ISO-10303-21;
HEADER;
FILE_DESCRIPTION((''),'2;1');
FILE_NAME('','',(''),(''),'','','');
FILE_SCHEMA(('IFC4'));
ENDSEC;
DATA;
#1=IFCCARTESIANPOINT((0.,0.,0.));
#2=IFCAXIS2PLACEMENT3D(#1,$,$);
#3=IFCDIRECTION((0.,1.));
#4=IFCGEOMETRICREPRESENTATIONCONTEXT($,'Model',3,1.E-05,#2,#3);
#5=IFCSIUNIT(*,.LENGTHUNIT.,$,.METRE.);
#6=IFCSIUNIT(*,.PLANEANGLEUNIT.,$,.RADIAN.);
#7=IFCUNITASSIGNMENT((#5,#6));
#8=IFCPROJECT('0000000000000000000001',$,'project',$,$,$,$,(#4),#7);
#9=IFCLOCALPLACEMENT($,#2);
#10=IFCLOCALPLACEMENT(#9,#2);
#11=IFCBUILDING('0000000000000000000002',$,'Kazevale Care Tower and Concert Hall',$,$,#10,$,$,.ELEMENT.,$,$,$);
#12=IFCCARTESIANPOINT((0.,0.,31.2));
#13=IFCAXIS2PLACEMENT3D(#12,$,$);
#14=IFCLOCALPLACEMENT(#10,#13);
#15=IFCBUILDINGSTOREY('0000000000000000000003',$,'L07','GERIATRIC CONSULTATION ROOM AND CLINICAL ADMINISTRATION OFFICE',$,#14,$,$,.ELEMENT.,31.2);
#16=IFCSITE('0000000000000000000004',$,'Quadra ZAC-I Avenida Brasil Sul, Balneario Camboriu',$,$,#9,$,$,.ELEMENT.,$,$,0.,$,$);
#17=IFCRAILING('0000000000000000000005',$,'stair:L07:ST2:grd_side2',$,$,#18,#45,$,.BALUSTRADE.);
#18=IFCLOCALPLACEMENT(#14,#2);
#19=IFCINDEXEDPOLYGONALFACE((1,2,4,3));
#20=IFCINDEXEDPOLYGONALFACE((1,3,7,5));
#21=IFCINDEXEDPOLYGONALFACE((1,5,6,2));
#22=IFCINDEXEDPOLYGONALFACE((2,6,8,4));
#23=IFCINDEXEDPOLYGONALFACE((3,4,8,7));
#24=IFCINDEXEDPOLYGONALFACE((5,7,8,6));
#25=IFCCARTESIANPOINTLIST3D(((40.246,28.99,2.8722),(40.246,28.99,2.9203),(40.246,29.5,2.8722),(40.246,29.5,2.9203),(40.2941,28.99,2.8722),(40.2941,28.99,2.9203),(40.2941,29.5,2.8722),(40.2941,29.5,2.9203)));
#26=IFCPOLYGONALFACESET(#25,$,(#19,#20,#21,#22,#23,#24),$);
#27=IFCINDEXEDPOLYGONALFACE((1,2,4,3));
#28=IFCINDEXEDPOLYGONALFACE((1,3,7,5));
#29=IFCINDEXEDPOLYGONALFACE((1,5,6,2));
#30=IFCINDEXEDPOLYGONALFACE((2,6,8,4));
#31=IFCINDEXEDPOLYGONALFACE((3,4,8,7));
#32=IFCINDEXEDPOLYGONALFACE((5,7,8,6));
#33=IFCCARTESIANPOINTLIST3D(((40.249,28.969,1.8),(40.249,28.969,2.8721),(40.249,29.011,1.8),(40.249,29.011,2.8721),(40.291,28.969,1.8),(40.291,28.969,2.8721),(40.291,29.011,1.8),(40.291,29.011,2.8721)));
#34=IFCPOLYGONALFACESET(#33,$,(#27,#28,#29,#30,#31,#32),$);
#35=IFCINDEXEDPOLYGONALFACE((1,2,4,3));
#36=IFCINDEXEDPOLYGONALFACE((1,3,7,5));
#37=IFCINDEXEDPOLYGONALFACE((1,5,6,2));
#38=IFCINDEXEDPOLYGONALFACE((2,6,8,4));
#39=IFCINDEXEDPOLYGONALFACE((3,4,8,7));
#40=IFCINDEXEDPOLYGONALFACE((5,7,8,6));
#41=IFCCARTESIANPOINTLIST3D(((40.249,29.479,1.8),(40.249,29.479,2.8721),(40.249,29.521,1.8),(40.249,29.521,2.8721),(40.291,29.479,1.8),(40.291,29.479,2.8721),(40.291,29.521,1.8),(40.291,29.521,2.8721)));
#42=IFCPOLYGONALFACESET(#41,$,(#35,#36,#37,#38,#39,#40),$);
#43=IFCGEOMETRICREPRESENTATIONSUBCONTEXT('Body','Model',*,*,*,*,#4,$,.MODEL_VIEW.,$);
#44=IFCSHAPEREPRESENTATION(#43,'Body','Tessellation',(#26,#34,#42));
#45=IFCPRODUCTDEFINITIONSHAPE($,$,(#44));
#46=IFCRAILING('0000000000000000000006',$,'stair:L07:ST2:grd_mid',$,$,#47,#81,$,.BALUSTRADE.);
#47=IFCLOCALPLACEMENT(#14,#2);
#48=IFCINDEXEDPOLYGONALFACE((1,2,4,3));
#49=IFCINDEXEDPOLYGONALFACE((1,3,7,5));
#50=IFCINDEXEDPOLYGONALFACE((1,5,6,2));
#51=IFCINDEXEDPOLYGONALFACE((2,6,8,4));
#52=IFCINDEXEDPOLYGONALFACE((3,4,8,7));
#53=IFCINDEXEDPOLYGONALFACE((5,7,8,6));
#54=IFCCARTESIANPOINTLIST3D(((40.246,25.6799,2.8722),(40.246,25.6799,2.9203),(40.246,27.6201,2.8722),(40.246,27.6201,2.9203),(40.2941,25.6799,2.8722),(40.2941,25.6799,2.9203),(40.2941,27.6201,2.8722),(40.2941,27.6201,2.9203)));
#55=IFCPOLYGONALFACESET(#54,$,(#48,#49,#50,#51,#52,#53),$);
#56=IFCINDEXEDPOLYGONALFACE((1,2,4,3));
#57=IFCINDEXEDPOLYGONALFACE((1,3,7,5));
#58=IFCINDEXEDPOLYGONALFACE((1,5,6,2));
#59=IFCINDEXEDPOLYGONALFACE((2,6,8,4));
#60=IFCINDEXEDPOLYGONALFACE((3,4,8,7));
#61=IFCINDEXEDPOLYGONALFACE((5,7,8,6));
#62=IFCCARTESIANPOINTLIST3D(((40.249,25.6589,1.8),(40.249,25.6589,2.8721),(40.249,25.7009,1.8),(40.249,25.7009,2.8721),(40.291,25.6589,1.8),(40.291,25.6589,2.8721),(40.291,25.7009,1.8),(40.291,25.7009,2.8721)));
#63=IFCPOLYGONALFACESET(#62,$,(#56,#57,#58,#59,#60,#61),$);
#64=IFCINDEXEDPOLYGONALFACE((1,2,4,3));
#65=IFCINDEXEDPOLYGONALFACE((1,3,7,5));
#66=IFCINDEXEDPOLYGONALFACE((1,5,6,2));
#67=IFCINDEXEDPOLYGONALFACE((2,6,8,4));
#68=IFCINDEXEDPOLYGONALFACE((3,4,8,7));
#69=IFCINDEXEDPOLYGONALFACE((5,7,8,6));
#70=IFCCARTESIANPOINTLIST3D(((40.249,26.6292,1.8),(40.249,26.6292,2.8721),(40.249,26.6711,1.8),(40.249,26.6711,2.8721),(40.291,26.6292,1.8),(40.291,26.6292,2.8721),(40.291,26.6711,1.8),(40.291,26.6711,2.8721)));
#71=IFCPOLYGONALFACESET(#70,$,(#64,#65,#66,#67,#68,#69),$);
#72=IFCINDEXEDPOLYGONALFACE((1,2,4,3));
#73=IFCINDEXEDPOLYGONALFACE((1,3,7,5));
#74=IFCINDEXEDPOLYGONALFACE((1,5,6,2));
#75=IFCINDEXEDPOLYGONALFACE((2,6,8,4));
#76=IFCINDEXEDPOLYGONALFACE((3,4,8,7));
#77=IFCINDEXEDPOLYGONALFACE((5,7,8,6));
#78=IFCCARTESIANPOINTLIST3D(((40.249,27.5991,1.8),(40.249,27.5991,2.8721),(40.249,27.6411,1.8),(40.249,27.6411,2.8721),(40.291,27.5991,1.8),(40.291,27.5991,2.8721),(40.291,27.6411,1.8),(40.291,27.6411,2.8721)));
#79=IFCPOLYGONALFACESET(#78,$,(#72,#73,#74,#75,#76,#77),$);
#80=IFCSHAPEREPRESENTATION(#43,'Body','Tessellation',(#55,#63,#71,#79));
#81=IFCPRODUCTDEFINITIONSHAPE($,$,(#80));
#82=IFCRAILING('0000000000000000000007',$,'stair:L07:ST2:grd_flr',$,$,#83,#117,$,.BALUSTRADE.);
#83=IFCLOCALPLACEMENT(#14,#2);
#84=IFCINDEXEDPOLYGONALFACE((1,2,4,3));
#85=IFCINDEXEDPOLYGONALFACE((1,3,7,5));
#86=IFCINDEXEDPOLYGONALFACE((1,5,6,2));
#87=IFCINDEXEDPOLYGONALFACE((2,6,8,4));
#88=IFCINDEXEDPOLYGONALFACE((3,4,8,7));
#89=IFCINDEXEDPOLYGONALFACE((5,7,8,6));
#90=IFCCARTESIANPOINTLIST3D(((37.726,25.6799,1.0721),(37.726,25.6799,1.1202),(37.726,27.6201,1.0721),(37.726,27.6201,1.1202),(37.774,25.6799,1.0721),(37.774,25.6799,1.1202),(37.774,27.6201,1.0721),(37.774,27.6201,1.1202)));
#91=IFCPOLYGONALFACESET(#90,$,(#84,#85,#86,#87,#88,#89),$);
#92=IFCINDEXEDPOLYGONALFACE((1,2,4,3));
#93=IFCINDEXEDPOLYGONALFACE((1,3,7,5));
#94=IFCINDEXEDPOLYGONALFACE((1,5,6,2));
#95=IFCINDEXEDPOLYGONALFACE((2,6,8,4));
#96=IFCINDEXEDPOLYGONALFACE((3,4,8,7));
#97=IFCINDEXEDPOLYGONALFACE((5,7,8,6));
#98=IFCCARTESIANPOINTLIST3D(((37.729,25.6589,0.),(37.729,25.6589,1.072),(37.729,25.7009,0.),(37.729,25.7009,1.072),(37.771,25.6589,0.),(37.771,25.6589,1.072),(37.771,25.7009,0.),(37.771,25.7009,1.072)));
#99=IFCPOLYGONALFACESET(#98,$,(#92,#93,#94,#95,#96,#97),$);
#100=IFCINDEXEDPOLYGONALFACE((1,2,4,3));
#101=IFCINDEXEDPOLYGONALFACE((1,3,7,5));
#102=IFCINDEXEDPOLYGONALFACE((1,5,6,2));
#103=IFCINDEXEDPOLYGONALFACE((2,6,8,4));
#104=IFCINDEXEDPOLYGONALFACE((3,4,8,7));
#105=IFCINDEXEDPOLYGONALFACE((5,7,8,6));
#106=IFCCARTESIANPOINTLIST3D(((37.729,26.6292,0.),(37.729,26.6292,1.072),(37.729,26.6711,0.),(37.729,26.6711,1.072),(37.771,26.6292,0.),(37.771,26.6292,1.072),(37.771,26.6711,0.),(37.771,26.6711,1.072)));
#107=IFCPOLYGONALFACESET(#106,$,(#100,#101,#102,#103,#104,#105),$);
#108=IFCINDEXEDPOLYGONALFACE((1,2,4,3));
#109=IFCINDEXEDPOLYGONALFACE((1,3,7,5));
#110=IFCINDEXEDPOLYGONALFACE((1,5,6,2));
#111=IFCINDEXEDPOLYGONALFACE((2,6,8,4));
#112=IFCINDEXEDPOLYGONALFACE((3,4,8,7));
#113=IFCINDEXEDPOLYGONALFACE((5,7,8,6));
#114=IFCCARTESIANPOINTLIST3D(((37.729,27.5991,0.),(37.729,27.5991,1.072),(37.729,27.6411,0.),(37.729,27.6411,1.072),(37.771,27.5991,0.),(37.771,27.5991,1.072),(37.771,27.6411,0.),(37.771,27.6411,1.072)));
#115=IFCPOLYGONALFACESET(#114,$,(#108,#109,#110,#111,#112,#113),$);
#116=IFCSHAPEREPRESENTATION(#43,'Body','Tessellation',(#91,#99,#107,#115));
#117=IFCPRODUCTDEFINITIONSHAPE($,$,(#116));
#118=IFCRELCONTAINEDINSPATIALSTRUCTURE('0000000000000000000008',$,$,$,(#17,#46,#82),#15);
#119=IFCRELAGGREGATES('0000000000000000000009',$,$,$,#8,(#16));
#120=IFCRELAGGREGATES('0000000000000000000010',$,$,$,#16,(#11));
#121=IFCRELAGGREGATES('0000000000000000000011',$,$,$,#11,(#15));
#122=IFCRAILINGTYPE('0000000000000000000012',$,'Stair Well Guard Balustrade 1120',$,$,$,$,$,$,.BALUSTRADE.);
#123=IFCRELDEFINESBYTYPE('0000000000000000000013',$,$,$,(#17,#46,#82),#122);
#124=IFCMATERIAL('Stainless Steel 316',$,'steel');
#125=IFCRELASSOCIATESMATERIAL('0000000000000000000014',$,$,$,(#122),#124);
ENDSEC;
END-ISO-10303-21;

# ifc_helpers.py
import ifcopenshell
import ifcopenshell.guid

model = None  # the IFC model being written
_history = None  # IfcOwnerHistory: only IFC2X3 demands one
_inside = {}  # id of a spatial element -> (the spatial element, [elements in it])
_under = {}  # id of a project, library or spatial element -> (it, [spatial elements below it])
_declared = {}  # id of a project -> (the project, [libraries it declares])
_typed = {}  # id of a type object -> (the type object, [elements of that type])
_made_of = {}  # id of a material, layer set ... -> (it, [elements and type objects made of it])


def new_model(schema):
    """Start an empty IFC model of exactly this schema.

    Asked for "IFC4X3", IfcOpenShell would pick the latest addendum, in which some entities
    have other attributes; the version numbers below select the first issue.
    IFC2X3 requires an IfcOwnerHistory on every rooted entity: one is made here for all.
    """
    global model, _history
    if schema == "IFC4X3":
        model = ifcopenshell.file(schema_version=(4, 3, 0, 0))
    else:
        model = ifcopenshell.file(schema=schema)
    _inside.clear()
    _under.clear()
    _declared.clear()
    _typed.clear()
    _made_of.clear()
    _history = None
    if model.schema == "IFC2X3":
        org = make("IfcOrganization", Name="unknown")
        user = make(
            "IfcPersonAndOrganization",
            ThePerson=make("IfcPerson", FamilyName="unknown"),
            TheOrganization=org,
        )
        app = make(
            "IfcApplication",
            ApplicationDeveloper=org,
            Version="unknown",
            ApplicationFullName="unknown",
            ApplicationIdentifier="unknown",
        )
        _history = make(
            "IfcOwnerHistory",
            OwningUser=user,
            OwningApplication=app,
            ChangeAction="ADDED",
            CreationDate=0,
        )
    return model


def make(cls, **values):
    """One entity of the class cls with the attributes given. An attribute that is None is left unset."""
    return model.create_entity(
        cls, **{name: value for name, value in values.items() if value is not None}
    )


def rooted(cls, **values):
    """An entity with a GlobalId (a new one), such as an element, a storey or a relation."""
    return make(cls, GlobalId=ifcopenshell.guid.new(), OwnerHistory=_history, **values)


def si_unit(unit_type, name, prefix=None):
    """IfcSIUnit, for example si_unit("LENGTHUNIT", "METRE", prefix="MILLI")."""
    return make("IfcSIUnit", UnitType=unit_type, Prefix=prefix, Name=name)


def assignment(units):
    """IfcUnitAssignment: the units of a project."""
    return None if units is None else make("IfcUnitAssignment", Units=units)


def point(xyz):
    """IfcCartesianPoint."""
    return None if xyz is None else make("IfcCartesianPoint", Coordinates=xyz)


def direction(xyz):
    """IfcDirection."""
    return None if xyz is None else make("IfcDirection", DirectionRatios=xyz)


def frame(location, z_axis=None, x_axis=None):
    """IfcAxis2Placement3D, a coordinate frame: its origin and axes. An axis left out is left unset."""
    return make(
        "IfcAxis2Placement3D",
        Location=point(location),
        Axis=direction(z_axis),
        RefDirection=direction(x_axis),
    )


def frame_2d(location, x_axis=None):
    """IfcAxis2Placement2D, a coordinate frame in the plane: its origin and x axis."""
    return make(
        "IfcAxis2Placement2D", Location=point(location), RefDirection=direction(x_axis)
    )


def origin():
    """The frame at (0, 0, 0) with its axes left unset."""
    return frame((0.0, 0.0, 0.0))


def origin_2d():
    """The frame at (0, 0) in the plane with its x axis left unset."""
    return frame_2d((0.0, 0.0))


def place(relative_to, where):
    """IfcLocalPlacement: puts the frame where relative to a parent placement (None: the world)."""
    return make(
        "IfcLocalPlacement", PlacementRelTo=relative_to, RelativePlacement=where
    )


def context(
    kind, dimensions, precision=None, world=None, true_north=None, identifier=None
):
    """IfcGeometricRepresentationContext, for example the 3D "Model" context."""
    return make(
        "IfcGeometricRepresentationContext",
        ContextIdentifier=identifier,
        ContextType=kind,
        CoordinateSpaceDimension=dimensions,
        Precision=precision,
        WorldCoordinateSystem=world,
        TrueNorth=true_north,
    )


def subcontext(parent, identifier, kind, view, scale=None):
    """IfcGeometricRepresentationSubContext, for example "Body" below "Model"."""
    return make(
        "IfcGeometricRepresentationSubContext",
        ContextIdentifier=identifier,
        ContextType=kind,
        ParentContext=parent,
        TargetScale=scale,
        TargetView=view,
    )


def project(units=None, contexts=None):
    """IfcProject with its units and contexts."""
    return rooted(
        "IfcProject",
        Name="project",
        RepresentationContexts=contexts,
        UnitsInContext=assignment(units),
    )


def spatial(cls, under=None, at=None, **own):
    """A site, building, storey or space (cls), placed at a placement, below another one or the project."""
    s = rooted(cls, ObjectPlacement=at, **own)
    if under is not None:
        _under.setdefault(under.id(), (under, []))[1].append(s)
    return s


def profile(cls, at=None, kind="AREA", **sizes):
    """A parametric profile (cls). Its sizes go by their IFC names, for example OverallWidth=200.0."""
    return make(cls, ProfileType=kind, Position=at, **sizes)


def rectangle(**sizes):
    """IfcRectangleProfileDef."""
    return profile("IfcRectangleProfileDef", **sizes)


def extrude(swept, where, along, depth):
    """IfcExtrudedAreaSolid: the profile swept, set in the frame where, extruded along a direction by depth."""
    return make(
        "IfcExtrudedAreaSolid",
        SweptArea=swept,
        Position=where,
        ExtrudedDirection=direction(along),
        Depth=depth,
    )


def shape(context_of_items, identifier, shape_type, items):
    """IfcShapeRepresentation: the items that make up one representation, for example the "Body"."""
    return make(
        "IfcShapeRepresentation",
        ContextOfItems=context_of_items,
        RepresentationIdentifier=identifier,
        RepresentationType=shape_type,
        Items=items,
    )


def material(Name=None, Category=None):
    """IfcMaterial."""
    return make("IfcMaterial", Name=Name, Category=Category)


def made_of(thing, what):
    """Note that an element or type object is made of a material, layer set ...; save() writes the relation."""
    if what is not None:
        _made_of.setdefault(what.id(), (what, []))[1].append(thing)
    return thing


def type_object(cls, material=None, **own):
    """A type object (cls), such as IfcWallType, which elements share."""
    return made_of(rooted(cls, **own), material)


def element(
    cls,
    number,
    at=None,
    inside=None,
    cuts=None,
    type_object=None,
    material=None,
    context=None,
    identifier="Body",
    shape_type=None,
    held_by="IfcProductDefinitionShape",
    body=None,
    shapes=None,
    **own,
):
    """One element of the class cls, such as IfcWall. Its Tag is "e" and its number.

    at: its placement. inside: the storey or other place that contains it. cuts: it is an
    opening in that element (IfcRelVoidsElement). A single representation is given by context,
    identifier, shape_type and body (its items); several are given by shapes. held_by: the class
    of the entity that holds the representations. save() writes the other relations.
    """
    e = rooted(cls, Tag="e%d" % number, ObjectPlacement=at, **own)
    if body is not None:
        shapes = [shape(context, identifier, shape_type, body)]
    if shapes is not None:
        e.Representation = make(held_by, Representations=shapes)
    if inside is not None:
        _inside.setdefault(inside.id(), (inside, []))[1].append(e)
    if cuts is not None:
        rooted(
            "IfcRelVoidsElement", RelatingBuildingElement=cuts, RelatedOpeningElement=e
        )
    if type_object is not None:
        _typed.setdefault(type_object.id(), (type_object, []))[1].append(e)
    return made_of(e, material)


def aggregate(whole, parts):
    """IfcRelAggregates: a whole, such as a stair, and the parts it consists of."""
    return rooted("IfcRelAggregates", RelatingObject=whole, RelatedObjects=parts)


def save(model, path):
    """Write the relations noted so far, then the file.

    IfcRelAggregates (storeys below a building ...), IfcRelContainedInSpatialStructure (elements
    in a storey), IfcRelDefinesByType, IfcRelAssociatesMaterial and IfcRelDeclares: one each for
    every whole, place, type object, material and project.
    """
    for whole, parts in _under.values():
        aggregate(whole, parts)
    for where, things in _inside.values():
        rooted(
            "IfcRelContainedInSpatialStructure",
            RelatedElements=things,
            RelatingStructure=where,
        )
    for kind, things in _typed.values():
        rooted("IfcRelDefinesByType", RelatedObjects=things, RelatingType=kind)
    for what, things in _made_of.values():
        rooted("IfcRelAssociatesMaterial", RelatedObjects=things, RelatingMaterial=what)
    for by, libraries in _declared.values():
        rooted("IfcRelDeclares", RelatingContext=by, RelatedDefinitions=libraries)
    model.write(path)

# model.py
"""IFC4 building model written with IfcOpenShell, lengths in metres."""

from ifc_helpers import new_model, si_unit, direction, frame, origin, origin_2d, place, context, subcontext, project, spatial, rectangle, extrude, material, type_object, element, save


model = new_model("IFC4")

# Units and contexts
model_context = context("Model", 3, precision=1e-05, world=origin(), true_north=direction((0.0, 1.0)))
body_context = subcontext(model_context, "Body", "Model", "MODEL_VIEW")
ifc_project = project(units=[si_unit("LENGTHUNIT", "METRE"), si_unit("PLANEANGLEUNIT", "RADIAN")], contexts=[model_context])

# Site, building, storey
site_placement = place(None, origin())
site = spatial("IfcSite", under=ifc_project, at=site_placement, Name="Quadra ZAC-I Avenida Brasil Sul, Balneario Camboriu", CompositionType="ELEMENT", RefElevation=0.0)
building_placement = place(site_placement, origin())
building = spatial("IfcBuilding", under=site, at=building_placement, Name="Kazevale Care Tower and Concert Hall", CompositionType="ELEMENT")
storey_placement = place(building_placement, frame((0.0, 0.0, 31.2)))
storey = spatial("IfcBuildingStorey", under=building, at=storey_placement, Name="L07", Description="GERIATRIC CONSULTATION ROOM AND CLINICAL ADMINISTRATION OFFICE", CompositionType="ELEMENT", Elevation=31.2)

# Railings
ifc_material_1 = material(Name="Stainless Steel 316", Category="steel")
railing_type_1 = type_object("IfcRailingType", Name="Stair Well Guard Balustrade 1120", PredefinedType="BALUSTRADE", material=ifc_material_1)
railing_1_placement = place(storey_placement, frame((40.27, 28.99, 1.8)))
element("IfcRailing", 1, at=railing_1_placement, inside=storey, type_object=railing_type_1, Name="stair:L07:ST2:grd_side2", PredefinedType="BALUSTRADE", context=body_context, shape_type="SweptSolid", body=[
    extrude(rectangle(XDim=0.0481, YDim=0.0481, at=origin_2d()), frame((0.0, 0.0, 1.0962), z_axis=(0.0, 1.0, 0.0), x_axis=(-1.0, 0.0, 0.0)), (0.0, 0.0, 1.0), 0.51),
    extrude(rectangle(XDim=0.042, YDim=0.042, at=origin_2d()), origin(), (0.0, 0.0, 1.0), 1.072),
    extrude(rectangle(XDim=0.042, YDim=0.042, at=origin_2d()), frame((0.0, 0.51, 0.0)), (0.0, 0.0, 1.0), 1.072),
])
for number, where, name in (
    (2, (40.27, 25.6799, 1.8), "stair:L07:ST2:grd_mid"),
    (3, (37.75, 25.6799, 0.0), "stair:L07:ST2:grd_flr"),
):
    element("IfcRailing", number, at=place(storey_placement, frame(where)), inside=storey, type_object=railing_type_1, Name=name, PredefinedType="BALUSTRADE", context=body_context, shape_type="SweptSolid", body=[
        extrude(rectangle(XDim=0.0481, YDim=0.0481, at=origin_2d()), frame((0.0, 0.0, 1.0962), z_axis=(0.0, 1.0, 0.0), x_axis=(-1.0, 0.0, 0.0)), (0.0, 0.0, 1.0), 1.9402),
        extrude(rectangle(XDim=0.042, YDim=0.042, at=origin_2d()), origin(), (0.0, 0.0, 1.0), 1.072),
        extrude(rectangle(XDim=0.042, YDim=0.042, at=origin_2d()), frame((0.0, 0.9702, 0.0)), (0.0, 0.0, 1.0), 1.072),
        extrude(rectangle(XDim=0.042, YDim=0.042, at=origin_2d()), frame((0.0, 1.9402, 0.0)), (0.0, 0.0, 1.0), 1.072),
    ])

save(model, "model.ifc")
